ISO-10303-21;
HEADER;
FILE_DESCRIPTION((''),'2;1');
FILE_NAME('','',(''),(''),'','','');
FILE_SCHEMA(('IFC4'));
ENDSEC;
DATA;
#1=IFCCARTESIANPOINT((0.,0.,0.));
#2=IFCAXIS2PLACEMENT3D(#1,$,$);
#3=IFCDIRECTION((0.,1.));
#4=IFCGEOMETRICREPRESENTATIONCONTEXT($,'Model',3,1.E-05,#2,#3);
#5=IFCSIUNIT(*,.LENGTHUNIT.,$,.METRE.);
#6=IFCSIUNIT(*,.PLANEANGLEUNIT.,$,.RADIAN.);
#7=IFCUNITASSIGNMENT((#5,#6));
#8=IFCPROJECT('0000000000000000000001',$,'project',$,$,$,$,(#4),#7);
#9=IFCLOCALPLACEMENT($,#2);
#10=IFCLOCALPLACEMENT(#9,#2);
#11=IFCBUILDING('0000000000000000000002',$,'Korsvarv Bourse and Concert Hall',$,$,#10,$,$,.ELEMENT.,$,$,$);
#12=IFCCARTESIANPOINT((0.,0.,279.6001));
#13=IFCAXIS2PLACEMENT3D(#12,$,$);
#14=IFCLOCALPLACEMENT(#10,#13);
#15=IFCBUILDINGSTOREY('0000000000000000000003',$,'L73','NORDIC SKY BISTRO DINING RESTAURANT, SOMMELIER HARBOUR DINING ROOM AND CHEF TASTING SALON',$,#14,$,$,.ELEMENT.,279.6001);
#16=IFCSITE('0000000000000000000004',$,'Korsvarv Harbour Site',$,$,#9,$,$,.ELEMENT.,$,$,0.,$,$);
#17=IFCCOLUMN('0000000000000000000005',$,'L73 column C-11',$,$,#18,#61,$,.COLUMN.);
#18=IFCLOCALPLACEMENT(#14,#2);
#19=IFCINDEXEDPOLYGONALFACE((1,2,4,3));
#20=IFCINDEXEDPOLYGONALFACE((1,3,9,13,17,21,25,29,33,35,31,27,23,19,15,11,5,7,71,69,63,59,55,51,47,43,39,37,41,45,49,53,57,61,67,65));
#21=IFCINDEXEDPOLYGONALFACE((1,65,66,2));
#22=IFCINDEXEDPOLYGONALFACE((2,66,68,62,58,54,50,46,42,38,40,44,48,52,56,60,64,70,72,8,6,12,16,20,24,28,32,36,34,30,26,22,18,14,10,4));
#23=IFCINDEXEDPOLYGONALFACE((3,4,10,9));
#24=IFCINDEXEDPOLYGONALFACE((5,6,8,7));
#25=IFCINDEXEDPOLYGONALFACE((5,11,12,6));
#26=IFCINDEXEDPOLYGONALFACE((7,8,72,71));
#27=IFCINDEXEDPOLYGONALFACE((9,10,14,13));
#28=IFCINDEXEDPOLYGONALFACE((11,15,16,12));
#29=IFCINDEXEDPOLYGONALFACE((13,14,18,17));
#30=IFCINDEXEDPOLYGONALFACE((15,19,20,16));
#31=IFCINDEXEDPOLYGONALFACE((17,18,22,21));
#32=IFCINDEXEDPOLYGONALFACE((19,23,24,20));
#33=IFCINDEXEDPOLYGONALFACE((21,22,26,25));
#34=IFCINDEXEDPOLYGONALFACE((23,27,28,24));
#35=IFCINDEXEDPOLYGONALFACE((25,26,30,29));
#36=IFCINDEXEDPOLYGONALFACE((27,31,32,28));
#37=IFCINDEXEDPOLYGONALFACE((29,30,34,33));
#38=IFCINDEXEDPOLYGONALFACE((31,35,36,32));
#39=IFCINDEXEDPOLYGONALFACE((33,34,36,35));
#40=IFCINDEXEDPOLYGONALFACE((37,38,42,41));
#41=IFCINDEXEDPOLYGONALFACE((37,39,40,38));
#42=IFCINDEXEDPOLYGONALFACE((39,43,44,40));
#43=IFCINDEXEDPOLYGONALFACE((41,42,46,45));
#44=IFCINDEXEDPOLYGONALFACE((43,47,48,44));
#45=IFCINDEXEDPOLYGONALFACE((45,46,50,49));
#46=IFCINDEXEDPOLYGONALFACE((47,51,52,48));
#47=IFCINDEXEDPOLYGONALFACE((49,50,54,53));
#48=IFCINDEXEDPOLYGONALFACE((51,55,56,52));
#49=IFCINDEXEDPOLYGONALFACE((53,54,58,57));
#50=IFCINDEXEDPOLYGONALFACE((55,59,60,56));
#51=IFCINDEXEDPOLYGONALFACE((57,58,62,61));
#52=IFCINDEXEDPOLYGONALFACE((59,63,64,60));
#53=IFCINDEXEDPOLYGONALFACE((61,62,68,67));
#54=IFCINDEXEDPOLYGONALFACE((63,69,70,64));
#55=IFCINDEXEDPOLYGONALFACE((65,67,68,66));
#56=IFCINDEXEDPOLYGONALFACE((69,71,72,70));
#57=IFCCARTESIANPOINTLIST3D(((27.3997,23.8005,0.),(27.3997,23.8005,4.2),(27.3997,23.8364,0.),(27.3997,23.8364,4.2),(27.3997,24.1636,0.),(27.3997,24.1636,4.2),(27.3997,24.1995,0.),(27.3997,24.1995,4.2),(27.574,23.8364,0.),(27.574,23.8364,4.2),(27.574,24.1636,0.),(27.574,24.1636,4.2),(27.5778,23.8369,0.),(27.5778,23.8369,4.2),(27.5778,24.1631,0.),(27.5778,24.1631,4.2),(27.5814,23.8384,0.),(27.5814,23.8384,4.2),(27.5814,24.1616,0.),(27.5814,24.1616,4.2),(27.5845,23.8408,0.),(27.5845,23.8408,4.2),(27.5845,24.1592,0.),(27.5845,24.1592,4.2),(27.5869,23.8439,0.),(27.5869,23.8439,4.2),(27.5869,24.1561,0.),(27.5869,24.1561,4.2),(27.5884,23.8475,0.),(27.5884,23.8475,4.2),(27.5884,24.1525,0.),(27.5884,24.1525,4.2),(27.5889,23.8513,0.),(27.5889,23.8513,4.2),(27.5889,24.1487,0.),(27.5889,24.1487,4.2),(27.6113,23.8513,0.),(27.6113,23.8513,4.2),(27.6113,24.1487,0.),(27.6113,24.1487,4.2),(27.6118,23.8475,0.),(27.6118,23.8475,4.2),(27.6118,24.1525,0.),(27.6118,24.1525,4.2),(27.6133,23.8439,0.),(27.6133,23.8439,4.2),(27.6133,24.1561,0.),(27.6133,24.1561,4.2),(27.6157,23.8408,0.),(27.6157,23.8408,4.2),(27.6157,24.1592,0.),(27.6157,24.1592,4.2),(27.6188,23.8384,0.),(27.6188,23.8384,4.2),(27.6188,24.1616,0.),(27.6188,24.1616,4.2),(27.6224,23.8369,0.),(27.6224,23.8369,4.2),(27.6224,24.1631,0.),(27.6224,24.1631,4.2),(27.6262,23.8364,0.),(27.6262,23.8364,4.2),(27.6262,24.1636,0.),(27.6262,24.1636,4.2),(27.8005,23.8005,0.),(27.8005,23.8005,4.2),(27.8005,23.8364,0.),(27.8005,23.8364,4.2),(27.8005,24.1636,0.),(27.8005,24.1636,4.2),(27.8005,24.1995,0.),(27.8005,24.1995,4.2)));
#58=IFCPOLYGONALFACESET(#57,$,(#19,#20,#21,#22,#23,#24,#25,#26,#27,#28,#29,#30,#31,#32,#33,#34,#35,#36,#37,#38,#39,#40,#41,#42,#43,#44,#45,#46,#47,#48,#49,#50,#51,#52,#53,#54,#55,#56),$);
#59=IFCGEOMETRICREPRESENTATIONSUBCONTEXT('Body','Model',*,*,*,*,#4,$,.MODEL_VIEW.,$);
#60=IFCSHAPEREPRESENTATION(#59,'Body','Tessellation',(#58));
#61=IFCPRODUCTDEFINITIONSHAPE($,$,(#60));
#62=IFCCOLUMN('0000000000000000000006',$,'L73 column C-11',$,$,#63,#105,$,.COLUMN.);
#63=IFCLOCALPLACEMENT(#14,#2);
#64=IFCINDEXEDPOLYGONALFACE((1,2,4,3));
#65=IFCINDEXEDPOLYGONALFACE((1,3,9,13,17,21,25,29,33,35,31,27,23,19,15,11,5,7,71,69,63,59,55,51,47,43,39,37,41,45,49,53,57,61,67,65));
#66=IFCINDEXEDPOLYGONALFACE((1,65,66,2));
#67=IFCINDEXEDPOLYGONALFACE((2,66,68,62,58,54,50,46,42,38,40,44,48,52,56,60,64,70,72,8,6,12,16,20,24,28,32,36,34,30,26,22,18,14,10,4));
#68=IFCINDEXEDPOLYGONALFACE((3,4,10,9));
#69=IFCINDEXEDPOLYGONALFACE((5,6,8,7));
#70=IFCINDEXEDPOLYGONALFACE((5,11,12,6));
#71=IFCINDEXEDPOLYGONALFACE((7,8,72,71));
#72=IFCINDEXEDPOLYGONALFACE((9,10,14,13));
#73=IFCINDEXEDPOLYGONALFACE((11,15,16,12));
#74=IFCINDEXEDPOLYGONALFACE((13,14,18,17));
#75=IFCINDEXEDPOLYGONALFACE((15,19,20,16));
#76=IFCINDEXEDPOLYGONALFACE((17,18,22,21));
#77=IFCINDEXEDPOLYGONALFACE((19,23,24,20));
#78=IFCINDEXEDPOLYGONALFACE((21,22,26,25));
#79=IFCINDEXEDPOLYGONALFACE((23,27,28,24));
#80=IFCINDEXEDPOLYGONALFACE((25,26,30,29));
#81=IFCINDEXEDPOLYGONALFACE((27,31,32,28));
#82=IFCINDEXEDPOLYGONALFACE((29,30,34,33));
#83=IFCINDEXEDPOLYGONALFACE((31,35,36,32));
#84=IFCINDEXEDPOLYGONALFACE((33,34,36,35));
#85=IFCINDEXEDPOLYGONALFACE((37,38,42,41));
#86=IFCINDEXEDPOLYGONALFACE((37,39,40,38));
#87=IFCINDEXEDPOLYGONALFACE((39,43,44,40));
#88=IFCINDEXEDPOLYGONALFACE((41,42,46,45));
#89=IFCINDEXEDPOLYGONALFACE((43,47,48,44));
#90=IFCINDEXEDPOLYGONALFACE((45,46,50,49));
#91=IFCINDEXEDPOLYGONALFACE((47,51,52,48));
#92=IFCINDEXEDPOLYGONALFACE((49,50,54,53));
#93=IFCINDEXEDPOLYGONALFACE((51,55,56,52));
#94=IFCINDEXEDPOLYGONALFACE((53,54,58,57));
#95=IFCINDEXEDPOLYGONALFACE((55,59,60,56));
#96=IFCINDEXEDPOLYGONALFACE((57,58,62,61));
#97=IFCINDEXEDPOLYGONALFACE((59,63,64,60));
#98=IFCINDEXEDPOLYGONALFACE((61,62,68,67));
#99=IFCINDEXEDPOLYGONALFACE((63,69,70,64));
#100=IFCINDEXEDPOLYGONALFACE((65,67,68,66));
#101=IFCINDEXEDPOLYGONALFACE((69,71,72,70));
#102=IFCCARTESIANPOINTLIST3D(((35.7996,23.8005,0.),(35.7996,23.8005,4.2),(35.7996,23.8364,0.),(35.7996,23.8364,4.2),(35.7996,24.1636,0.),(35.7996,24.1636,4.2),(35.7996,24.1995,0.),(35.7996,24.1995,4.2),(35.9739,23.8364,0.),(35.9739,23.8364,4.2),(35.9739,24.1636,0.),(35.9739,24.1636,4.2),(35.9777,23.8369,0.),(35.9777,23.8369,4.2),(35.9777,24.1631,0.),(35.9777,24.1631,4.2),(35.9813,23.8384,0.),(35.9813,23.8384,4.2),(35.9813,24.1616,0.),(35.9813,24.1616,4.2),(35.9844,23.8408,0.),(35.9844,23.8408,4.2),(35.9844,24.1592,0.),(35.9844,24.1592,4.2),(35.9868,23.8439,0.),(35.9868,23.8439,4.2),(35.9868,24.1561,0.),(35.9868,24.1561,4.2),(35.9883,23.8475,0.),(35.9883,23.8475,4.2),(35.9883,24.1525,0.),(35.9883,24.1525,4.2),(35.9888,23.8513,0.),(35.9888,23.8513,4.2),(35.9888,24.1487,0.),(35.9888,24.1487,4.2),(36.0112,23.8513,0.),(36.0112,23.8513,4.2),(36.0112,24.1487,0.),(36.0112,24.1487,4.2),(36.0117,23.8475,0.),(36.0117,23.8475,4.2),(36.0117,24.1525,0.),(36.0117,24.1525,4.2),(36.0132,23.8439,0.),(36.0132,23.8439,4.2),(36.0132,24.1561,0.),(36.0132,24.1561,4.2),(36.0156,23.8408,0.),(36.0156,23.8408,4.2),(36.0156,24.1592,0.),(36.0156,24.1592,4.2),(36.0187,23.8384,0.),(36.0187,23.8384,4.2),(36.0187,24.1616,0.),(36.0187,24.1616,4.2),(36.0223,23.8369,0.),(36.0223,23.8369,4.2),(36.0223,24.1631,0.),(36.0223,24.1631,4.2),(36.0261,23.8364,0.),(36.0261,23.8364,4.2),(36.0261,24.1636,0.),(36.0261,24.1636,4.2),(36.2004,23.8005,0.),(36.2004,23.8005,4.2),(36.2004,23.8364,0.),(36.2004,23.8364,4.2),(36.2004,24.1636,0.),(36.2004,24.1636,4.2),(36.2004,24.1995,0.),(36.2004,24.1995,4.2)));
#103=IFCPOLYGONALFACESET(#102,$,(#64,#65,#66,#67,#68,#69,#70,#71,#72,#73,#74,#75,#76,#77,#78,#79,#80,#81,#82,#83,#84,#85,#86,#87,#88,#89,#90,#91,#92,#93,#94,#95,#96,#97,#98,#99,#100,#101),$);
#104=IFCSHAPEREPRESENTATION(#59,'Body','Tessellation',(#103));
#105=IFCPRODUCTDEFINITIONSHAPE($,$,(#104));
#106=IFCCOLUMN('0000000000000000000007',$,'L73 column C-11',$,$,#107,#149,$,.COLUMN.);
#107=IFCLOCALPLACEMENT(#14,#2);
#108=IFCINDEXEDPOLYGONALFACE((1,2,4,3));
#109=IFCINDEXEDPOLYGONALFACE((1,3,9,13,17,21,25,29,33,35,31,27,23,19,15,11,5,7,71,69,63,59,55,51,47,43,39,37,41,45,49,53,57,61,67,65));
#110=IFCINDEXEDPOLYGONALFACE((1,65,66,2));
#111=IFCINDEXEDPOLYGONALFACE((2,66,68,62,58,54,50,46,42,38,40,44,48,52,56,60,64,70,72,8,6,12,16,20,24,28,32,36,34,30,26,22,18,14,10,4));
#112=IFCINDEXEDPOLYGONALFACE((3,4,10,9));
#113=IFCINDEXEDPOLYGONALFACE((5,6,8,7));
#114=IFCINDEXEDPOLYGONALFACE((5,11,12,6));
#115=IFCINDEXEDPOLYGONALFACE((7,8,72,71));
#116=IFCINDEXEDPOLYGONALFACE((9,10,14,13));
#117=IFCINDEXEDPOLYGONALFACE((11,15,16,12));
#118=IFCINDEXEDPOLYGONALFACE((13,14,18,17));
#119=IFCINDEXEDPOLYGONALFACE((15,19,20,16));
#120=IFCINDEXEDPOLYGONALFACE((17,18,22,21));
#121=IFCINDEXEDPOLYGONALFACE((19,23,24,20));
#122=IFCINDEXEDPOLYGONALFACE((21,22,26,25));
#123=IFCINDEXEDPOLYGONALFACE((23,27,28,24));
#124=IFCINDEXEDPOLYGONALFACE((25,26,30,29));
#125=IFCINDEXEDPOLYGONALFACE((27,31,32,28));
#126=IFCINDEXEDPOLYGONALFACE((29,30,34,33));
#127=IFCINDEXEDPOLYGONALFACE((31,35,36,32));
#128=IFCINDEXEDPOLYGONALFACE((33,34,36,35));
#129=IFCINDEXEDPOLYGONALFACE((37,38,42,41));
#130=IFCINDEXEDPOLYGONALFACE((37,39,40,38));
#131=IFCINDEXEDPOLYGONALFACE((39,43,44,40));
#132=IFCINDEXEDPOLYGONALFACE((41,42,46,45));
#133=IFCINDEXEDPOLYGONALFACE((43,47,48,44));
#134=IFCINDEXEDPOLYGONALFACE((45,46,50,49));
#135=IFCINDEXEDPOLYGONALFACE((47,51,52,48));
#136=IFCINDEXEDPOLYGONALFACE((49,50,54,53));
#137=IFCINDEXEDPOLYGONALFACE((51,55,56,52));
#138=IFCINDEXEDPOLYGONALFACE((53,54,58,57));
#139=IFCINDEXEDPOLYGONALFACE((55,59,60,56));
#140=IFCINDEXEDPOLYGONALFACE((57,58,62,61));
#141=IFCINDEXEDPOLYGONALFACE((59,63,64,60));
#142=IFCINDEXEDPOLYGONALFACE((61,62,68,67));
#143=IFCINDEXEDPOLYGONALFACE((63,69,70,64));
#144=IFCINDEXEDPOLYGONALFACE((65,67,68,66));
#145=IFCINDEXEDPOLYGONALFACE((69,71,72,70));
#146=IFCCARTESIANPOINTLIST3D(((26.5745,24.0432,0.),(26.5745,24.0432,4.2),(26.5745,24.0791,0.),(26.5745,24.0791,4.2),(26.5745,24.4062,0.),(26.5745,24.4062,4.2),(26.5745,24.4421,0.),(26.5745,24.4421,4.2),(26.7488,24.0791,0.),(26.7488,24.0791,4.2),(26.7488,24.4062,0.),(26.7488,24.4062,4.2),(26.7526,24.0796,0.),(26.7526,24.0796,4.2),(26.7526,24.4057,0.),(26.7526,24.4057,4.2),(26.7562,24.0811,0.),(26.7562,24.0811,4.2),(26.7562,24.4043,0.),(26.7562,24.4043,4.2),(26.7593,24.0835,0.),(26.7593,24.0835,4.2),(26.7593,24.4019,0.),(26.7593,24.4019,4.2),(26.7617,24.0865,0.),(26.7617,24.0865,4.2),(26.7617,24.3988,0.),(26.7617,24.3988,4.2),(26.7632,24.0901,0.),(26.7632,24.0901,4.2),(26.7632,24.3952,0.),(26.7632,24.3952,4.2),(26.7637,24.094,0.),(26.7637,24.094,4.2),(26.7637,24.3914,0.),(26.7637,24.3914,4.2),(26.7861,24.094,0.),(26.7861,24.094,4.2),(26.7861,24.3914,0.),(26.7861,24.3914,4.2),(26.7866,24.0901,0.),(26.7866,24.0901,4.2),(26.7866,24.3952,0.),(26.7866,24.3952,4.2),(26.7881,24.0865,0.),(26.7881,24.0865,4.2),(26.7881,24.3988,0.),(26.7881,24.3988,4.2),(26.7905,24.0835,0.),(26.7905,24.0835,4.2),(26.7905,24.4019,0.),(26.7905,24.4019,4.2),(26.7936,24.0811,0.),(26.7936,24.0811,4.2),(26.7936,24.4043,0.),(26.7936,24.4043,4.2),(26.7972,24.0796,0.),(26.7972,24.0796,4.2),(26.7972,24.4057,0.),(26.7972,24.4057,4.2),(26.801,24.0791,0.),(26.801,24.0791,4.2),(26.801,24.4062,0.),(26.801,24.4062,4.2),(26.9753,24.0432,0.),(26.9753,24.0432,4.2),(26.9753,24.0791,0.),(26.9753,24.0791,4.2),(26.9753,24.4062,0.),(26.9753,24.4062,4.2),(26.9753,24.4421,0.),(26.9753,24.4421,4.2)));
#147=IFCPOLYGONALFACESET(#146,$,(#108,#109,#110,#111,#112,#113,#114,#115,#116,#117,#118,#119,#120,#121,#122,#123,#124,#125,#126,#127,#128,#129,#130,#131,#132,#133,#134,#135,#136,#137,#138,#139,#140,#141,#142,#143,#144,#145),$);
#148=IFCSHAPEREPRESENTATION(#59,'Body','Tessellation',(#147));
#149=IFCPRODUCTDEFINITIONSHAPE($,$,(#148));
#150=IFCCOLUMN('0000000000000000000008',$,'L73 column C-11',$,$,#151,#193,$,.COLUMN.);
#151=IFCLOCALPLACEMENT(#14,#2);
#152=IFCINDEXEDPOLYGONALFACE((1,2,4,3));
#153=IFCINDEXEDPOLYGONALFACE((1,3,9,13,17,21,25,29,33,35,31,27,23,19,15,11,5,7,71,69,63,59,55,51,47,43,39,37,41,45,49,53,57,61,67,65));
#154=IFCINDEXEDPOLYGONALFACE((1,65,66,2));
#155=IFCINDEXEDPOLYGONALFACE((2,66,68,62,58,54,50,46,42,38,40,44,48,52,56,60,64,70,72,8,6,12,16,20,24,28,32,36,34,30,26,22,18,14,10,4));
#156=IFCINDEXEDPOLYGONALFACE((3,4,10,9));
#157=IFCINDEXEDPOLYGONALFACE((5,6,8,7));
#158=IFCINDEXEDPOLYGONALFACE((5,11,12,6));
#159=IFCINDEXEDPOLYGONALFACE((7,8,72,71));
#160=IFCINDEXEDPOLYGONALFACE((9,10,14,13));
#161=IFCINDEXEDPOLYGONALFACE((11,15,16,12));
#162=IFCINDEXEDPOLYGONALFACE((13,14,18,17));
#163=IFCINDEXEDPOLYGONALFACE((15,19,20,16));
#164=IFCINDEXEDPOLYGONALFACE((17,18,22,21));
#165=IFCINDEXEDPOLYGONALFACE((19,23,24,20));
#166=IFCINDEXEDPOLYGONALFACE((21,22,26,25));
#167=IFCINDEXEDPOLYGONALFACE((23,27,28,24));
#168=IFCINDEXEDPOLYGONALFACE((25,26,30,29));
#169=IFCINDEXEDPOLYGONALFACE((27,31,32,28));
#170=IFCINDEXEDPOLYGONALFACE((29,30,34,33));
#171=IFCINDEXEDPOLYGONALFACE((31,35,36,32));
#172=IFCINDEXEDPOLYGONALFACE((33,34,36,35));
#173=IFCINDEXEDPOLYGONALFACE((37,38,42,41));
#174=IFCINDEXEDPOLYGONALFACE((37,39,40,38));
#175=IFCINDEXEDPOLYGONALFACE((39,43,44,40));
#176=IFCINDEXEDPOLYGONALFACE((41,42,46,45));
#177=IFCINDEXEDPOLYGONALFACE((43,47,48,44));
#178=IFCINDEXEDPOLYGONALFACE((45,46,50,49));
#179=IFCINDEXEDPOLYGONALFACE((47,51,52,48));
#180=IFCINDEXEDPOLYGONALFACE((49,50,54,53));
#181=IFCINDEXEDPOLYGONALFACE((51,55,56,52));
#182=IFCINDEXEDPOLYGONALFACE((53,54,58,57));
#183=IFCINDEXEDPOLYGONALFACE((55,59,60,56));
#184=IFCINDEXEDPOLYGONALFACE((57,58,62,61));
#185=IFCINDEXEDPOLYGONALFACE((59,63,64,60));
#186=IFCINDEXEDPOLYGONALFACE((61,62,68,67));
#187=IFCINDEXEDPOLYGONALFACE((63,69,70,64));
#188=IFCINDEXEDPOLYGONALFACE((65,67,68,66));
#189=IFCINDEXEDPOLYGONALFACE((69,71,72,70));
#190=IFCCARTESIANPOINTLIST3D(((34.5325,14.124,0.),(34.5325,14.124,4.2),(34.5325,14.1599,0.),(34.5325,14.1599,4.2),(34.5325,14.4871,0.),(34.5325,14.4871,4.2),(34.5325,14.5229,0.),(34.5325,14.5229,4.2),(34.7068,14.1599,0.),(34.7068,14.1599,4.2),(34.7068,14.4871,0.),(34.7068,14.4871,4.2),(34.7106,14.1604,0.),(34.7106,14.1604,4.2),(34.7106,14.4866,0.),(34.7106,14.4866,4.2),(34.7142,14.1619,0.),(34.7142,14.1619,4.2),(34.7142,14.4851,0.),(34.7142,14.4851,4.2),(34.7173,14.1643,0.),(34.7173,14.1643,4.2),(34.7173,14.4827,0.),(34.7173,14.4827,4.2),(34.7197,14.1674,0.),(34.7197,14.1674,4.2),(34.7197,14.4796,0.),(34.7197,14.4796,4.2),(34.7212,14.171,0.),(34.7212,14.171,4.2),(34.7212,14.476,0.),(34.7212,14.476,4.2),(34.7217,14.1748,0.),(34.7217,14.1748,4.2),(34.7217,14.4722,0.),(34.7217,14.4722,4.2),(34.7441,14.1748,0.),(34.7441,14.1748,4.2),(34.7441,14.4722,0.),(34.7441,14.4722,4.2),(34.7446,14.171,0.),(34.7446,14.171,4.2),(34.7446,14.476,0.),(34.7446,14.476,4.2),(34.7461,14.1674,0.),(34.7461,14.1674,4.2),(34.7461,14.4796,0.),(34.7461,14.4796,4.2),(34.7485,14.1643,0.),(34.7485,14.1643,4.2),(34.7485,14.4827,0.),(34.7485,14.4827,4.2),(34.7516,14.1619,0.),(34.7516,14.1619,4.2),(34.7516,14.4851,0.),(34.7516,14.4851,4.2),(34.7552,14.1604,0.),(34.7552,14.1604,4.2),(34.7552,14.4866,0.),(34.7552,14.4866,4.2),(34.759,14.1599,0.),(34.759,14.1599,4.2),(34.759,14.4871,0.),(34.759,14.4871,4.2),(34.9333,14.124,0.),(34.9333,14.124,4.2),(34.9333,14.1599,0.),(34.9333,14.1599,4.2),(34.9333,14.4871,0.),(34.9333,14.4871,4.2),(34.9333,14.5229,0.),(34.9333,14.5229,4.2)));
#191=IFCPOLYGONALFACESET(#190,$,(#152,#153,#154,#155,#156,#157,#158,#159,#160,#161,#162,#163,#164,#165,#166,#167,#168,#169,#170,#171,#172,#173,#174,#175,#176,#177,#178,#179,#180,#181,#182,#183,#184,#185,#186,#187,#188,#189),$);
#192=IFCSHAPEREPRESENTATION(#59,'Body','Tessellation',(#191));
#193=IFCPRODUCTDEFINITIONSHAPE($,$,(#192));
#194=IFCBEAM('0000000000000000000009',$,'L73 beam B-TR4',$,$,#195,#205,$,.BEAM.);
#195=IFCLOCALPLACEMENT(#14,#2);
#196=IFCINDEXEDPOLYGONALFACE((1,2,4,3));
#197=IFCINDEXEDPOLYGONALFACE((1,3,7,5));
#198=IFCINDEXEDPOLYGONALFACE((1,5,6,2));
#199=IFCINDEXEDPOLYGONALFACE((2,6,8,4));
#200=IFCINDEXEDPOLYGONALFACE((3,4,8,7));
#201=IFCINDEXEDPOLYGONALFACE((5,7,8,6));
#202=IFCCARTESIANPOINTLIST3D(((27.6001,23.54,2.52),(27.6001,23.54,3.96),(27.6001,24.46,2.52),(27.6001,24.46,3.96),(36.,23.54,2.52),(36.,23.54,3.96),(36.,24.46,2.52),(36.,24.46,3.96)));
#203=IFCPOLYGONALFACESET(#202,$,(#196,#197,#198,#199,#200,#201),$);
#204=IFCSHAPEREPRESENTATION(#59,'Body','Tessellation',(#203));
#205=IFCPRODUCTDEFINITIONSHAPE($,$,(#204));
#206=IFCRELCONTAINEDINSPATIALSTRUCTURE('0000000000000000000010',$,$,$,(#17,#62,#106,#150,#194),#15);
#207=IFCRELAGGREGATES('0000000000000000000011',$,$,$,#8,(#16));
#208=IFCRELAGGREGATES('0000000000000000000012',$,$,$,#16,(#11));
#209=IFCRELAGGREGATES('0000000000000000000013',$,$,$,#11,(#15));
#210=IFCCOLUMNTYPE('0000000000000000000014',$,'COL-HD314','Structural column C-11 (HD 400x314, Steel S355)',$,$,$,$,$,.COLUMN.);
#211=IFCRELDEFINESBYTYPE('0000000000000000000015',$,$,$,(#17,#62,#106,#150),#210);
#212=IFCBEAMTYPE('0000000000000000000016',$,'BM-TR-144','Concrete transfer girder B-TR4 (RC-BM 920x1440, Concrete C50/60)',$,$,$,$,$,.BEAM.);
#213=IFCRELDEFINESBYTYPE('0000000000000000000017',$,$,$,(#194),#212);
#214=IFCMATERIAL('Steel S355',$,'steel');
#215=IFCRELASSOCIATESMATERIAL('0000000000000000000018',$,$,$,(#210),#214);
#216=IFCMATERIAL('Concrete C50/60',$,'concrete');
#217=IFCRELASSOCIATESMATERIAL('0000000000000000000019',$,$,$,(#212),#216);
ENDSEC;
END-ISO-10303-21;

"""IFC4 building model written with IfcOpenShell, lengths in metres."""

from ifc_helpers import new_model, si_unit, direction, frame, origin, origin_2d, place, context, subcontext, project, spatial, rectangle, i_section, extrude, source, transform, mapped, material, material_profile, profile_set, type_object, element, save


model = new_model("IFC4")

# Units and contexts
model_context = context("Model", 3, precision=1e-05, world=origin(), true_north=direction((0.0, 1.0)))
body_context = subcontext(model_context, "Body", "Model", "MODEL_VIEW")
ifc_project = project(units=[si_unit("LENGTHUNIT", "METRE"), si_unit("PLANEANGLEUNIT", "RADIAN")], contexts=[model_context])

# Site, building, storey
site_placement = place(None, origin())
site = spatial("IfcSite", under=ifc_project, at=site_placement, Name="Korsvarv Harbour Site", CompositionType="ELEMENT", RefElevation=0.0)
building_placement = place(site_placement, origin())
building = spatial("IfcBuilding", under=site, at=building_placement, Name="Korsvarv Bourse and Concert Hall", CompositionType="ELEMENT")
storey_placement = place(building_placement, frame((0.0, 0.0, 279.6001)))
storey = spatial("IfcBuildingStorey", under=building, at=storey_placement, Name="L73", Description="NORDIC SKY BISTRO DINING RESTAURANT, SOMMELIER HARBOUR DINING ROOM AND CHEF TASTING SALON", CompositionType="ELEMENT", Elevation=279.6001)

# Columns
ifc_material_1 = material(Name="Steel S355", Category="steel")
ifc_material_profile_1 = material_profile(ifc_material_1, i_section(OverallWidth=0.4009, OverallDepth=0.3989, WebThickness=0.0225, FlangeThickness=0.0359, FilletRadius=0.0149, at=origin_2d()), Name="HD 400x314")
ifc_profile_set_1 = profile_set([ifc_material_profile_1], Name="Steel S355")
column_type = type_object("IfcColumnType", Name="COL-HD314", Description="Structural column C-11 (HD 400x314, Steel S355)", PredefinedType="COLUMN", material=ifc_profile_set_1)
shared_shape_1 = source(origin(), body_context, "Body", "SweptSolid", [
    extrude(i_section(OverallWidth=0.4009, OverallDepth=0.3989, WebThickness=0.0225, FlangeThickness=0.0359, FilletRadius=0.0149, at=origin_2d()), origin(), (0.0, 0.0, 1.0), 4.2),
])
for number, where, z_axis, x_axis, name in (
    (1, (27.6001, 24.0, 0.0), (0.0, 0.0, 1.0), (1.0, 0.0, 0.0), "L73 column C-11"),
    (2, (36.0, 24.0, 0.0), (0.0, 0.0, 1.0), (1.0, 0.0, 0.0), "L73 column C-11"),
    (3, (26.7749, 24.2427, 0.0), (0.0, 0.0, 1.0), (1.0, 0.0, 0.0), "L73 column C-11"),
    (4, (34.7329, 14.3235, 0.0), (0.0, 0.0, 1.0), (1.0, 0.0, 0.0), "L73 column C-11"),
):
    element("IfcColumn", number, at=place(storey_placement, frame(where, z_axis=z_axis, x_axis=x_axis)), inside=storey, type_object=column_type, Name=name, PredefinedType="COLUMN", context=body_context, shape_type="MappedRepresentation", body=[
        mapped(shared_shape_1, transform((0.0, 0.0, 0.0), scale=1.0)),
    ])

# Beam
ifc_material_2 = material(Name="Concrete C50/60", Category="concrete")
ifc_material_profile_2 = material_profile(ifc_material_2, rectangle(XDim=0.9199, YDim=1.4399, at=origin_2d()), Name="RC-BM 920x1440")
ifc_profile_set_2 = profile_set([ifc_material_profile_2], Name="Concrete C50/60")
beam_type = type_object("IfcBeamType", Name="BM-TR-144", Description="Concrete transfer girder B-TR4 (RC-BM 920x1440, Concrete C50/60)", PredefinedType="BEAM", material=ifc_profile_set_2)
shared_shape_2 = source(origin(), body_context, "Body", "SweptSolid", [
    extrude(rectangle(XDim=0.9199, YDim=1.4399, at=origin_2d()), origin(), (0.0, 0.0, 1.0), 8.3999),
])
for number, where, z_axis, x_axis, name in (
    (5, (27.6001, 24.0, 3.24), (1.0, 0.0, 0.0), (0.0, 1.0, 0.0), "L73 beam B-TR4"),
):
    element("IfcBeam", number, at=place(storey_placement, frame(where, z_axis=z_axis, x_axis=x_axis)), inside=storey, type_object=beam_type, Name=name, PredefinedType="BEAM", context=body_context, shape_type="MappedRepresentation", body=[
        mapped(shared_shape_2, transform((0.0, 0.0, 0.0), scale=1.0)),
    ])

save(model, "model.ifc")
